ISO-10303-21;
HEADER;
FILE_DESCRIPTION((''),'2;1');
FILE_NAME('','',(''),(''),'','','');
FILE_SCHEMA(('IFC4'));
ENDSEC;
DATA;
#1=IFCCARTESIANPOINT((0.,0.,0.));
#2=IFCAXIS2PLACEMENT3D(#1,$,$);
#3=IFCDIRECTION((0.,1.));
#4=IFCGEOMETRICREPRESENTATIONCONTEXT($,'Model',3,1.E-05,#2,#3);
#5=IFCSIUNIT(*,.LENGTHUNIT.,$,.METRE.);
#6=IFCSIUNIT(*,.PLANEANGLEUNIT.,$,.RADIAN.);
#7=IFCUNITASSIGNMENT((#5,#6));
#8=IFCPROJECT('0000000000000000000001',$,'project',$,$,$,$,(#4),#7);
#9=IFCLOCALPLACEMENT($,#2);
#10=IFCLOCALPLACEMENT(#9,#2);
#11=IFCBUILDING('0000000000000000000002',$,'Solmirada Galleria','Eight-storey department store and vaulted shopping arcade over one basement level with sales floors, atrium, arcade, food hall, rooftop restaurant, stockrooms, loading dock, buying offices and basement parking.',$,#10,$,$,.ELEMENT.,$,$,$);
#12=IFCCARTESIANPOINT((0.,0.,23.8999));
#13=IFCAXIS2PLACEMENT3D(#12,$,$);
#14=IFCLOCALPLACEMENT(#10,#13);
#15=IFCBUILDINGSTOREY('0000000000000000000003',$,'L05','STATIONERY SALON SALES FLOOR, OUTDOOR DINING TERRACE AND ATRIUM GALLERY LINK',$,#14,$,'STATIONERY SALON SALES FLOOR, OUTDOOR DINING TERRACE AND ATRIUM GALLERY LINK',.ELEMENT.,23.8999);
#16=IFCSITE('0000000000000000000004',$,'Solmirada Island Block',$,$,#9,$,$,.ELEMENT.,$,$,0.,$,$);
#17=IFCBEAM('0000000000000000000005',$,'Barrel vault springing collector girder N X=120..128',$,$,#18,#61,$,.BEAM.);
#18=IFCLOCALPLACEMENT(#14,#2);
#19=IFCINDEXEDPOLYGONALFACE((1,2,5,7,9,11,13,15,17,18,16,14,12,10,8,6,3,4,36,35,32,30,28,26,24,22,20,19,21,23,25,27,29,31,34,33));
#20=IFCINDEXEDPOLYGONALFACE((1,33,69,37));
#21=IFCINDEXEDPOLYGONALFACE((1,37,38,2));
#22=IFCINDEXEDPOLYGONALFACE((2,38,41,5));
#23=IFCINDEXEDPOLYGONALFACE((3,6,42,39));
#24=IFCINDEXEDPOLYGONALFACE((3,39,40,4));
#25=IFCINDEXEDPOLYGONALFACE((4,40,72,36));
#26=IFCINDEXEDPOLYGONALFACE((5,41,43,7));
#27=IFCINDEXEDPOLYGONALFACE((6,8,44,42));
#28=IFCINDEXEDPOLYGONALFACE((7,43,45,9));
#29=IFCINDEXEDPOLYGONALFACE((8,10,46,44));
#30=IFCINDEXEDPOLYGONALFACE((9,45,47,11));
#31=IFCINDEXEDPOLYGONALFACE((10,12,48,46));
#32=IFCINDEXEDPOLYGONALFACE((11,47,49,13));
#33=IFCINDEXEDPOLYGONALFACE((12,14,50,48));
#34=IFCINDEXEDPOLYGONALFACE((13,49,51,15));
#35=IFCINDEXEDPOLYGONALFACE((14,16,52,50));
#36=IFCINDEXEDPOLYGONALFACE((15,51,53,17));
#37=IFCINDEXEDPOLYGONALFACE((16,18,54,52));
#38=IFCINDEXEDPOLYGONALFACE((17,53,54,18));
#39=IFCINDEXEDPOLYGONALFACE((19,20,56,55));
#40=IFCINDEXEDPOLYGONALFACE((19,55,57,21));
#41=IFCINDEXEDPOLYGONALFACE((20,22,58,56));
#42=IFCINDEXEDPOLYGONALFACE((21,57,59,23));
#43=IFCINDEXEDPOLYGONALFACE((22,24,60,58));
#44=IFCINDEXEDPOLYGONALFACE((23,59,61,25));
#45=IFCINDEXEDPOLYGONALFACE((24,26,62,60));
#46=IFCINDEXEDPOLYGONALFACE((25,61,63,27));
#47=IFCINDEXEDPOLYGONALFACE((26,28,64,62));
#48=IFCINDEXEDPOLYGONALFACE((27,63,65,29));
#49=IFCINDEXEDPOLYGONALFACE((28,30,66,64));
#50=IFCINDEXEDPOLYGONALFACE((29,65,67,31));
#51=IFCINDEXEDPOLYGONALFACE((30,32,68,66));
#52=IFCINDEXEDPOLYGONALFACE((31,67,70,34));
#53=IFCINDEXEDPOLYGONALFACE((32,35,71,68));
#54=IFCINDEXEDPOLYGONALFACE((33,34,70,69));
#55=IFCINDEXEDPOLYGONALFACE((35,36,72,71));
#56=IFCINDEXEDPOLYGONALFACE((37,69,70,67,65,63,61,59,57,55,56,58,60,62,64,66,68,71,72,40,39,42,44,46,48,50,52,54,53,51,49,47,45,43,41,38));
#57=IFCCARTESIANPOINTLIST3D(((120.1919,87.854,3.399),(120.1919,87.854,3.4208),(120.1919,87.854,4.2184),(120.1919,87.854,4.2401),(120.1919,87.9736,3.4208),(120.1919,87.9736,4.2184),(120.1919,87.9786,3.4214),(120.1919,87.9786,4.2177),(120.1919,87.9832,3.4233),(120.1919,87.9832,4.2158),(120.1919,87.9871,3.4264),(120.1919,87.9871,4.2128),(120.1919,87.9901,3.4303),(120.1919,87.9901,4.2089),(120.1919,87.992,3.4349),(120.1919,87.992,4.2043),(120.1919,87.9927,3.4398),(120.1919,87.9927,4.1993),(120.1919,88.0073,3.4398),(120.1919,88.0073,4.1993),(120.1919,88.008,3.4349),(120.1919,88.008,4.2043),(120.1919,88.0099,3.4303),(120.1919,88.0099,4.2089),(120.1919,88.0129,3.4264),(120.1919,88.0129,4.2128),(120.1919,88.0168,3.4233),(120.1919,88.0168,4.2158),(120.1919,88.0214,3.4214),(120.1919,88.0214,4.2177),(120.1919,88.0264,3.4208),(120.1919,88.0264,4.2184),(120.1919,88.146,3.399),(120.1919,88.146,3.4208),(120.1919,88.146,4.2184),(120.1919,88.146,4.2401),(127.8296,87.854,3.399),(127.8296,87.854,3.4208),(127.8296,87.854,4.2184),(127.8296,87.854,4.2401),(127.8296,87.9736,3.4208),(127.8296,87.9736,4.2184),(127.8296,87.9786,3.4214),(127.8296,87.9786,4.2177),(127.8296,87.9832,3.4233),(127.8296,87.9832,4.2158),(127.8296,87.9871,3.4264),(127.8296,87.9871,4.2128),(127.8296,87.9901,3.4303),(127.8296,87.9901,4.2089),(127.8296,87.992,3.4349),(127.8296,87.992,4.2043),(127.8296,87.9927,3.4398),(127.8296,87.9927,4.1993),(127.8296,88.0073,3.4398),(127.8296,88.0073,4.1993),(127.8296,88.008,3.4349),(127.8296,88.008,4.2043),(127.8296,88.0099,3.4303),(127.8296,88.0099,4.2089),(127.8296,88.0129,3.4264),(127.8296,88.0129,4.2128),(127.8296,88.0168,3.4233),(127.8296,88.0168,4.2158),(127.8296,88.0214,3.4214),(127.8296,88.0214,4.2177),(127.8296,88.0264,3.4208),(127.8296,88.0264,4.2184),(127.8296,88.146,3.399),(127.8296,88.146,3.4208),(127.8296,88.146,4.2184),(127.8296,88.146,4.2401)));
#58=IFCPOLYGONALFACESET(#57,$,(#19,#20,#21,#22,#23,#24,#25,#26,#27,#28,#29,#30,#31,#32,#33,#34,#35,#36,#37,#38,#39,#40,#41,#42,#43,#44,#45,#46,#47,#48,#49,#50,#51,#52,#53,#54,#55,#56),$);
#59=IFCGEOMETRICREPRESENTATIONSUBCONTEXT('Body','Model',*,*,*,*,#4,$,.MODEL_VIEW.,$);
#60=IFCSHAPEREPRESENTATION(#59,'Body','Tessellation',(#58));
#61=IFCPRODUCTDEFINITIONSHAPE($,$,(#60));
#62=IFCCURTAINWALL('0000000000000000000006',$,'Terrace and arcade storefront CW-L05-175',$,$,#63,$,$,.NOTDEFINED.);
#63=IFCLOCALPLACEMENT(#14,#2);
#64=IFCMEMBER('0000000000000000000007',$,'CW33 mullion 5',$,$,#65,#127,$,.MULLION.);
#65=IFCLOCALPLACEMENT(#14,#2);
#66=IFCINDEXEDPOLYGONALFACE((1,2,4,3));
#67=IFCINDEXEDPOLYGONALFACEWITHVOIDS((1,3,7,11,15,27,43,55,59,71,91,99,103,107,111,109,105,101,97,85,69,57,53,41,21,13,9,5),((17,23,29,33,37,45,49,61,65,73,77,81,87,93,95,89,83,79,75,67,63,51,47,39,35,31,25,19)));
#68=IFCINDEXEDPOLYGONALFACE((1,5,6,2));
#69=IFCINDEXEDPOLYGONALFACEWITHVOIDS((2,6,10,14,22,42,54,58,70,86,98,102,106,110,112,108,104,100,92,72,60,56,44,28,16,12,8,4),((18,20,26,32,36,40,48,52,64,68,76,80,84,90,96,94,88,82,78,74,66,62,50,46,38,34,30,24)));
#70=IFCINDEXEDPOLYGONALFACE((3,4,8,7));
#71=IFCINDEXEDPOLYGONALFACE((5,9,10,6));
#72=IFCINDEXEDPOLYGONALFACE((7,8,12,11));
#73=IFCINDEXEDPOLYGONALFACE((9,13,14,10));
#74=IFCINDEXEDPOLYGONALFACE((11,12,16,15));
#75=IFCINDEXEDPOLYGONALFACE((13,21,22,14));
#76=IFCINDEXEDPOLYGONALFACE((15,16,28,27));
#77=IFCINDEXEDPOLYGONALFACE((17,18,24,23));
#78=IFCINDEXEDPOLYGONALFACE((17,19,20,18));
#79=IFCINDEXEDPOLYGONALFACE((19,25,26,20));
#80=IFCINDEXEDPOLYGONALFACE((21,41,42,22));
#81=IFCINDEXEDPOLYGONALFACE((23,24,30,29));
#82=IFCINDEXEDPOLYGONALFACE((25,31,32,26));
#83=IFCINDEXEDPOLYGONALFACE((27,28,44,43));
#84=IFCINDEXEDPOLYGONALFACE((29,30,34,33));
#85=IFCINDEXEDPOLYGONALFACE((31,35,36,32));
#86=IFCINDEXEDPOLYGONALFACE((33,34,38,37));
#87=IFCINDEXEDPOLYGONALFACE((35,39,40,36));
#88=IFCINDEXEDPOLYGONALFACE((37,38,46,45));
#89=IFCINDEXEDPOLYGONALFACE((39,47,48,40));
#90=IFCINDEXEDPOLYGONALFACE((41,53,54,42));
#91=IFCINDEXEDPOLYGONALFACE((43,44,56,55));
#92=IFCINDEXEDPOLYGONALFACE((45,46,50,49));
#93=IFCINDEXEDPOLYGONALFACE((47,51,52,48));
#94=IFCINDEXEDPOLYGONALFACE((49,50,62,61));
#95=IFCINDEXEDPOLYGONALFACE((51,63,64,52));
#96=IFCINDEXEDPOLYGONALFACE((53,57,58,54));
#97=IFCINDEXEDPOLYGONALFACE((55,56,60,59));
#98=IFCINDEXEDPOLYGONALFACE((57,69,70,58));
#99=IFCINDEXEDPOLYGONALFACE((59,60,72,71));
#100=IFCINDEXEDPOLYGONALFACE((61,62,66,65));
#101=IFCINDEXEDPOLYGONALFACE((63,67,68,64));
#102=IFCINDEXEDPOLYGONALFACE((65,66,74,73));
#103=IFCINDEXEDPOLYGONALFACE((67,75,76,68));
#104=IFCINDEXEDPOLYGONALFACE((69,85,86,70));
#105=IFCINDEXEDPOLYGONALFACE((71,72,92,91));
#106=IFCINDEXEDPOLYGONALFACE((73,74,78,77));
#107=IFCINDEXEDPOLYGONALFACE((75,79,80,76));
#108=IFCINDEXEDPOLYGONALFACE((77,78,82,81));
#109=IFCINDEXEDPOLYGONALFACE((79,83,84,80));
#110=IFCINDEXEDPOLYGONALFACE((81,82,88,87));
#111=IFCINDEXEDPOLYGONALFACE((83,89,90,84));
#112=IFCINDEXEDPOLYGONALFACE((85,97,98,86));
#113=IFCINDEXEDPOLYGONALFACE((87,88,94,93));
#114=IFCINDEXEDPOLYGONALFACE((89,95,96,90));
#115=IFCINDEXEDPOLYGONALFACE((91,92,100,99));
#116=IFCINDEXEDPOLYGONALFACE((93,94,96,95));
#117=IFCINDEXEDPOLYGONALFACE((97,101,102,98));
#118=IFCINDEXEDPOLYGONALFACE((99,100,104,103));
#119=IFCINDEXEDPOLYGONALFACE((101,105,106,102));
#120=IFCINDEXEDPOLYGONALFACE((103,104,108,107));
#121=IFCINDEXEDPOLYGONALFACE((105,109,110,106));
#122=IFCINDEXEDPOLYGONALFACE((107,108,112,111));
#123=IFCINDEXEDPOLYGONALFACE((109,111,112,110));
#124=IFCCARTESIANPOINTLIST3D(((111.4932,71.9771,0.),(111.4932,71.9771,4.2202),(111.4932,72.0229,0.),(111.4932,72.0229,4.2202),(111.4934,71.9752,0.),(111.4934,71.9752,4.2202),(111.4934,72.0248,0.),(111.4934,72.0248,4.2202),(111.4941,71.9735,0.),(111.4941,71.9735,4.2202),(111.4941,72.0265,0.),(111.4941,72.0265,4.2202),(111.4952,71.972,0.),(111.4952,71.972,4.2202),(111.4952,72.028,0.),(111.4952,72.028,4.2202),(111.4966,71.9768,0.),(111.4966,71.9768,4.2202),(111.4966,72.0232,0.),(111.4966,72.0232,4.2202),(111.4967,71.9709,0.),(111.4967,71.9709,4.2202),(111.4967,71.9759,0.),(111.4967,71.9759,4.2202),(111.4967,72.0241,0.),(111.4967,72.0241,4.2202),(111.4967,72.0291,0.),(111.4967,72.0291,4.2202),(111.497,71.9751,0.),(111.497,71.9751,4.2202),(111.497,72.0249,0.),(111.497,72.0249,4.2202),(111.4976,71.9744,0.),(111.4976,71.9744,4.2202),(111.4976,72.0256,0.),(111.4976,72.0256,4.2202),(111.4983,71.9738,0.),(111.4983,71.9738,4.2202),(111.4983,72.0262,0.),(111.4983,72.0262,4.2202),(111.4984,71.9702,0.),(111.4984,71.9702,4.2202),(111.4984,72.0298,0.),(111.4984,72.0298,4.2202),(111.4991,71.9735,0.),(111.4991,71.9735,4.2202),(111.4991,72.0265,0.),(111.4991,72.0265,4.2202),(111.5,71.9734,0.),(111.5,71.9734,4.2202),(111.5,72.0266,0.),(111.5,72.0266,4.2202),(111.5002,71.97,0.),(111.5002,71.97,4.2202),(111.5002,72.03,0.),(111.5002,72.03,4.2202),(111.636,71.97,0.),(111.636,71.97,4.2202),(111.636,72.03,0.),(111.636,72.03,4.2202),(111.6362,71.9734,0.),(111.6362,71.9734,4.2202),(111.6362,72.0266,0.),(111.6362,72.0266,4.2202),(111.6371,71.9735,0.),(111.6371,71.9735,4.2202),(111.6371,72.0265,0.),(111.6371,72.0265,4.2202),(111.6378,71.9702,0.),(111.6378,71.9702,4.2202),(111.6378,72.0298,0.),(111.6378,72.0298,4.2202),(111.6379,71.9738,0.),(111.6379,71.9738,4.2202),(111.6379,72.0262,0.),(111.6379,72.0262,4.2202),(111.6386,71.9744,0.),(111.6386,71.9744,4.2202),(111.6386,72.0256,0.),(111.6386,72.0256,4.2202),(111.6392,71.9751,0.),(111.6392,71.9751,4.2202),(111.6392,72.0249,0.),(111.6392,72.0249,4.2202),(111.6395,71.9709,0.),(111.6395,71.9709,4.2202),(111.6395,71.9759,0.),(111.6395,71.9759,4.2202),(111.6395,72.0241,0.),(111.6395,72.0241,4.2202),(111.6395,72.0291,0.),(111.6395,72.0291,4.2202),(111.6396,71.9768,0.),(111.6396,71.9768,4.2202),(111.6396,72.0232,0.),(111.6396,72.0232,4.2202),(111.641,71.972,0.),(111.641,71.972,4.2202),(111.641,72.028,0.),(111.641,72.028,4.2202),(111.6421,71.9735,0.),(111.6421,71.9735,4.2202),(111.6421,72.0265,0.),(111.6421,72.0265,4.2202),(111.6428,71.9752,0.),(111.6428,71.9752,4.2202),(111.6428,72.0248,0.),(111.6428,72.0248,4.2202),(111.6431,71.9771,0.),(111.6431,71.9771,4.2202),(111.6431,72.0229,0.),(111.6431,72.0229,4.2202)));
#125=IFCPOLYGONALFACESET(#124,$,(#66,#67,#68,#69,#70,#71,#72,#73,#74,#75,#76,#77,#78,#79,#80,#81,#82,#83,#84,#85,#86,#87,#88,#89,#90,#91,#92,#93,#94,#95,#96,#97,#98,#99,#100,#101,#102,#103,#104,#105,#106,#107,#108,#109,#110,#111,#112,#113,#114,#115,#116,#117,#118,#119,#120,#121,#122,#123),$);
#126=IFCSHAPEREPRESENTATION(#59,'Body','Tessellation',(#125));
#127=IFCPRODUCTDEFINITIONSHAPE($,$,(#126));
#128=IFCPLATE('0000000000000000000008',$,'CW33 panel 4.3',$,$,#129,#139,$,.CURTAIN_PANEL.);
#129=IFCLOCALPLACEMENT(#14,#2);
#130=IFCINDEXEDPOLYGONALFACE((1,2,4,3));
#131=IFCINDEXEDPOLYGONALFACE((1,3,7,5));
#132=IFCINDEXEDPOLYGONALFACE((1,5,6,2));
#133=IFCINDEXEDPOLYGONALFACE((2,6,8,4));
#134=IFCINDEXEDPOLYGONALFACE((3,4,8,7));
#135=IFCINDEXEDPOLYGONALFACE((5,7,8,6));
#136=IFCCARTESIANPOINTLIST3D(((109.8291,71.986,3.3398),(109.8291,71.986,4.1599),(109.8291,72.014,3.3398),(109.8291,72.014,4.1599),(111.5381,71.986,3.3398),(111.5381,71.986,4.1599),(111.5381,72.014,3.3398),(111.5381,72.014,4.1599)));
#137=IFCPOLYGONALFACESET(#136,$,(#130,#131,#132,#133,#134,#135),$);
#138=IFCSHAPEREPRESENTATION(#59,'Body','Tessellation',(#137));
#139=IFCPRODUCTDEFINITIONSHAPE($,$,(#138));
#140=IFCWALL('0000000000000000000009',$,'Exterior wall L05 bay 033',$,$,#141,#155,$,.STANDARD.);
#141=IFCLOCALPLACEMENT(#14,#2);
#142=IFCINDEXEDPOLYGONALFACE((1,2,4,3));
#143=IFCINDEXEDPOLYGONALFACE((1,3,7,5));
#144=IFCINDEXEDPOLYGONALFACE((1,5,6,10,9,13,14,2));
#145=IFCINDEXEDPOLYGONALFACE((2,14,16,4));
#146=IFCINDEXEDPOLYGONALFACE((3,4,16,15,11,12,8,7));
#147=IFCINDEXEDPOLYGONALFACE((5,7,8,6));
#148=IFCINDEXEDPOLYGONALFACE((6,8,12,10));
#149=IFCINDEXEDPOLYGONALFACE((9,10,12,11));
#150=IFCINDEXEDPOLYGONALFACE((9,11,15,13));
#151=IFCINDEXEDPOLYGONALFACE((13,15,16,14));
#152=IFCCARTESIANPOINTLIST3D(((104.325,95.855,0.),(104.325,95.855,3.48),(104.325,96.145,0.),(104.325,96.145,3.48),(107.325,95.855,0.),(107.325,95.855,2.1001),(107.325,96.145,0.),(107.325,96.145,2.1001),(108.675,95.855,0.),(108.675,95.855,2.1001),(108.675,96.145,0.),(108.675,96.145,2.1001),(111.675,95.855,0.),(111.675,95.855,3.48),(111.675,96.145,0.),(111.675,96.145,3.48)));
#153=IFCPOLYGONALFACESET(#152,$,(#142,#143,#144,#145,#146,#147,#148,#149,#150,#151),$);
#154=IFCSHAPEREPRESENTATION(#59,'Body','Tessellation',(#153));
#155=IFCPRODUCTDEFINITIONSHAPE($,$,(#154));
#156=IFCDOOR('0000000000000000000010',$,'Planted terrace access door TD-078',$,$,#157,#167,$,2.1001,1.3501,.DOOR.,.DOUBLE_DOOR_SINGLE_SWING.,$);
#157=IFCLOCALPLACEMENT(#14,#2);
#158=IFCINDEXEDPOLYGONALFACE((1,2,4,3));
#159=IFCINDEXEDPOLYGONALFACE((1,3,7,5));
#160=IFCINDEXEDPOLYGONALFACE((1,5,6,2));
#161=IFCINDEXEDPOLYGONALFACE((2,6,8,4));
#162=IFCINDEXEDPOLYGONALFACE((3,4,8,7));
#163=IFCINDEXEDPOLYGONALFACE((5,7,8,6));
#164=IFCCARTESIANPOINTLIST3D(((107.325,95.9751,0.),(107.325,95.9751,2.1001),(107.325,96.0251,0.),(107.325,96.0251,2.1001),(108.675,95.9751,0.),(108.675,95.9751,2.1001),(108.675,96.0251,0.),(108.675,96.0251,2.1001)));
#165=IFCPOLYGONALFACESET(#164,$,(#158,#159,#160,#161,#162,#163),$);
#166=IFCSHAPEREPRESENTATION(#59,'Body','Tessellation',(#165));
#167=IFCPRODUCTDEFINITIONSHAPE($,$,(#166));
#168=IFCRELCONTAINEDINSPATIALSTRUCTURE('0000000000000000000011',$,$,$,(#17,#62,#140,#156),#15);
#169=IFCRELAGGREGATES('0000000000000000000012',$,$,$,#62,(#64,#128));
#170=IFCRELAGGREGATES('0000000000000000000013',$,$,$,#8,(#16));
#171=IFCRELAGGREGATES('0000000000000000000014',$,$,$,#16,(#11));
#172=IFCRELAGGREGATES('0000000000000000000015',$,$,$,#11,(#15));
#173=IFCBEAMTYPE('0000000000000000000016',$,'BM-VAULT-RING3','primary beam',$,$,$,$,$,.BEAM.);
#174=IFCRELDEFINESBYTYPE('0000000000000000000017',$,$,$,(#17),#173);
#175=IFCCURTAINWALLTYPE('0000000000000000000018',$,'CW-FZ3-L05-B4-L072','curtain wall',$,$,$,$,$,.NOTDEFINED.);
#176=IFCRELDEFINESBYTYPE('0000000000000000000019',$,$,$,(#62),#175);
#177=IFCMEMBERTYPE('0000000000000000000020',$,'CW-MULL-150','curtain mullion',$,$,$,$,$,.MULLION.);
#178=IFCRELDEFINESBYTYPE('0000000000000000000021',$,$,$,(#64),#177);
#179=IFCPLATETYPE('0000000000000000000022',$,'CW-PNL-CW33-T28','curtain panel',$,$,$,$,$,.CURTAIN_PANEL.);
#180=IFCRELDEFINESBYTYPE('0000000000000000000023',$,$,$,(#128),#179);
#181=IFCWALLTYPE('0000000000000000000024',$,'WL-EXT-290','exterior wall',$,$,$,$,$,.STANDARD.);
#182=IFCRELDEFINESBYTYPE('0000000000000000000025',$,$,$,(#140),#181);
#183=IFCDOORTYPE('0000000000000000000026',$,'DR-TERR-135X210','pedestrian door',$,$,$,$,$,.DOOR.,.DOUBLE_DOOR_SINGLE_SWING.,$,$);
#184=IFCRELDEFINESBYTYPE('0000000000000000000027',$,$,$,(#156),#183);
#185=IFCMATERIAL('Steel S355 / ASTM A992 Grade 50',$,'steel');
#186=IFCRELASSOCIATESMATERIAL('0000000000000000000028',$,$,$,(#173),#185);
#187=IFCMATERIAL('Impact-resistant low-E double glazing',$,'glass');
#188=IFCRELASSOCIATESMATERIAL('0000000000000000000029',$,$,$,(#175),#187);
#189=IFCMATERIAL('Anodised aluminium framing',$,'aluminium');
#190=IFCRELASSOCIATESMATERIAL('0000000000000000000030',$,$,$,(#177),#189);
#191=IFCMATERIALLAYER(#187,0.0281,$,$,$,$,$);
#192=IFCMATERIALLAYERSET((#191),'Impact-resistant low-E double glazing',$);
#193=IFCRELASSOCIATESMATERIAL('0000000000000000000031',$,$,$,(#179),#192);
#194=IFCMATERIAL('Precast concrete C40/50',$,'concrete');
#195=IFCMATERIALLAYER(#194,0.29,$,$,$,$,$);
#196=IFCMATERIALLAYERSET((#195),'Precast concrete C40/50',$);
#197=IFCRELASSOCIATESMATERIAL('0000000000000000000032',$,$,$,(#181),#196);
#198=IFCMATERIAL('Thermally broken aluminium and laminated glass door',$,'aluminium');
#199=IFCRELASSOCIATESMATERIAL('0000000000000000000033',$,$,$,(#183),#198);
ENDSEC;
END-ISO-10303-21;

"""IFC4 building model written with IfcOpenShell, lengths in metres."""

from ifc_helpers import new_model, si_unit, direction, frame, frame_2d, origin, origin_2d, place, context, subcontext, project, spatial, rectangle, hollow_rectangle, i_section, extrude, material, layer, layer_set, material_profile, profile_set, type_object, element, fill, aggregate, save


model = new_model("IFC4")

# Units and contexts
model_context = context("Model", 3, precision=1e-05, world=origin(), true_north=direction((0.0, 1.0)))
body_context = subcontext(model_context, "Body", "Model", "MODEL_VIEW")
ifc_project = project(units=[si_unit("LENGTHUNIT", "METRE"), si_unit("PLANEANGLEUNIT", "RADIAN")], contexts=[model_context])

# Site, building, storey
site_placement = place(None, origin())
site = spatial("IfcSite", under=ifc_project, at=site_placement, Name="Solmirada Island Block", CompositionType="ELEMENT", RefElevation=0.0)
building_placement = place(site_placement, origin())
building = spatial("IfcBuilding", under=site, at=building_placement, Name="Solmirada Galleria", Description="Eight-storey department store and vaulted shopping arcade over one basement level with sales floors, atrium, arcade, food hall, rooftop restaurant, stockrooms, loading dock, buying offices and basement parking.", CompositionType="ELEMENT")
storey_placement = place(building_placement, frame((0.0, 0.0, 23.8999)))
storey = spatial("IfcBuildingStorey", under=building, at=storey_placement, Name="L05", Description="STATIONERY SALON SALES FLOOR, OUTDOOR DINING TERRACE AND ATRIUM GALLERY LINK", LongName="STATIONERY SALON SALES FLOOR, OUTDOOR DINING TERRACE AND ATRIUM GALLERY LINK", CompositionType="ELEMENT", Elevation=23.8999)

# Beam
ifc_material_1 = material(Name="Steel S355 / ASTM A992 Grade 50", Category="steel")
ifc_material_profile_1 = material_profile(ifc_material_1, i_section(OverallWidth=0.292, OverallDepth=0.8411, WebThickness=0.0146, FlangeThickness=0.0217, FilletRadius=0.019, at=origin_2d()), Name="W33X130")
ifc_profile_set_1 = profile_set([ifc_material_profile_1], Name="Steel S355 / ASTM A992 Grade 50")
beam_type_1 = type_object("IfcBeamType", Name="BM-VAULT-RING3", Description="primary beam", PredefinedType="BEAM", material=ifc_profile_set_1)
beam_1_placement = place(storey_placement, frame((120.1919, 88.0, 3.8196), z_axis=(1.0, 0.0, 0.0), x_axis=(0.0, 1.0, 0.0)))
element("IfcBeam", 1, at=beam_1_placement, inside=storey, type_object=beam_type_1, Name="Barrel vault springing collector girder N X=120..128", PredefinedType="BEAM", context=body_context, shape_type="SweptSolid", body=[
    extrude(i_section(OverallWidth=0.292, OverallDepth=0.8411, WebThickness=0.0146, FlangeThickness=0.0217, FilletRadius=0.019, at=origin_2d()), origin(), (0.0, 0.0, 1.0), 7.6377),
])

# Curtain wall, member, plate
ifc_material_2 = material(Name="Impact-resistant low-E double glazing", Category="glass")
curtain_wall_type = type_object("IfcCurtainWallType", Name="CW-FZ3-L05-B4-L072", Description="curtain wall", PredefinedType="NOTDEFINED", material=ifc_material_2)
curtain_wall_placement = place(storey_placement, origin())
curtain_wall = element("IfcCurtainWall", 2, at=curtain_wall_placement, inside=storey, type_object=curtain_wall_type, Name="Terrace and arcade storefront CW-L05-175", PredefinedType="NOTDEFINED")
ifc_material_3 = material(Name="Anodised aluminium framing", Category="aluminium")
ifc_material_profile_2 = material_profile(ifc_material_3, hollow_rectangle(XDim=0.0601, YDim=0.1499, WallThickness=0.0034, InnerFilletRadius=0.0034, OuterFilletRadius=0.0071, at=origin_2d()), Name="ALU-MULL-150X60")
ifc_profile_set_2 = profile_set([ifc_material_profile_2], Name="Anodised aluminium framing")
member_type = type_object("IfcMemberType", Name="CW-MULL-150", Description="curtain mullion", PredefinedType="MULLION", material=ifc_profile_set_2)
member_placement = place(storey_placement, frame((111.5681, 72.0, 0.0), z_axis=(0.0, 0.0, 1.0), x_axis=(0.0, 1.0, 0.0)))
member = element("IfcMember", 3, at=member_placement, type_object=member_type, Name="CW33 mullion 5", PredefinedType="MULLION", context=body_context, shape_type="SweptSolid", body=[
    extrude(hollow_rectangle(XDim=0.0601, YDim=0.1499, WallThickness=0.0034, InnerFilletRadius=0.0034, OuterFilletRadius=0.0071, at=origin_2d()), origin(), (0.0, 0.0, 1.0), 4.2202),
])
ifc_layer_1 = layer(ifc_material_2, 0.0281)
ifc_layer_set_1 = layer_set([ifc_layer_1], Name="Impact-resistant low-E double glazing")
plate_type = type_object("IfcPlateType", Name="CW-PNL-CW33-T28", Description="curtain panel", PredefinedType="CURTAIN_PANEL", material=ifc_layer_set_1)
plate_placement = place(storey_placement, frame((110.6836, 72.0, 3.3398), z_axis=(0.0, 0.0, 1.0), x_axis=(1.0, 0.0, 0.0)))
plate = element("IfcPlate", 4, at=plate_placement, type_object=plate_type, Name="CW33 panel 4.3", PredefinedType="CURTAIN_PANEL", context=body_context, shape_type="SweptSolid", body=[
    extrude(rectangle(XDim=1.709, YDim=0.0281, at=origin_2d()), origin(), (0.0, 0.0, 1.0), 0.8201),
])
aggregate(curtain_wall, [member, plate])

# Wall, opening, door
ifc_material_4 = material(Name="Precast concrete C40/50", Category="concrete")
ifc_layer_2 = layer(ifc_material_4, 0.29)
ifc_layer_set_2 = layer_set([ifc_layer_2], Name="Precast concrete C40/50")
wall_type = type_object("IfcWallType", Name="WL-EXT-290", Description="exterior wall", PredefinedType="STANDARD", material=ifc_layer_set_2)
wall_1_placement = place(storey_placement, frame((111.675, 96.0, 0.0), z_axis=(0.0, 0.0, 1.0), x_axis=(-1.0, 0.0, 0.0)))
wall_1 = element("IfcWall", 5, at=wall_1_placement, inside=storey, type_object=wall_type, Name="Exterior wall L05 bay 033", PredefinedType="STANDARD", context=body_context, shape_type="SweptSolid", body=[
    extrude(rectangle(XDim=7.3501, YDim=0.29, at=frame_2d((3.675, 0.0))), origin(), (0.0, 0.0, 1.0), 3.48),
])
opening_1_placement = place(wall_1_placement, frame((3.0, 0.0, 0.0)))
opening_1 = element("IfcOpeningElement", 6, at=opening_1_placement, cuts=wall_1, PredefinedType="OPENING", context=body_context, shape_type="SweptSolid", body=[
    extrude(rectangle(XDim=1.3501, YDim=2.1001, at=frame_2d((0.675, 1.05))), frame((0.0, 0.155, 0.0), z_axis=(0.0, -1.0, 0.0), x_axis=(1.0, 0.0, 0.0)), (0.0, 0.0, 1.0), 0.3101),
])
ifc_material_5 = material(Name="Thermally broken aluminium and laminated glass door", Category="aluminium")
door_type = type_object("IfcDoorType", Name="DR-TERR-135X210", Description="pedestrian door", OperationType="DOUBLE_DOOR_SINGLE_SWING", PredefinedType="DOOR", material=ifc_material_5)
door_placement = place(opening_1_placement, origin())
door = element("IfcDoor", 7, at=door_placement, inside=storey, type_object=door_type, Name="Planted terrace access door TD-078", OperationType="DOUBLE_DOOR_SINGLE_SWING", OverallHeight=2.1001, OverallWidth=1.3501, PredefinedType="DOOR", context=body_context, shape_type="SweptSolid", body=[
    extrude(rectangle(XDim=1.3501, YDim=2.1001, at=frame_2d((0.675, 1.05))), frame((0.0, 0.0249, 0.0), z_axis=(0.0, -1.0, 0.0), x_axis=(1.0, 0.0, 0.0)), (0.0, 0.0, 1.0), 0.05),
])
fill(opening_1, door)

save(model, "model.ifc")
